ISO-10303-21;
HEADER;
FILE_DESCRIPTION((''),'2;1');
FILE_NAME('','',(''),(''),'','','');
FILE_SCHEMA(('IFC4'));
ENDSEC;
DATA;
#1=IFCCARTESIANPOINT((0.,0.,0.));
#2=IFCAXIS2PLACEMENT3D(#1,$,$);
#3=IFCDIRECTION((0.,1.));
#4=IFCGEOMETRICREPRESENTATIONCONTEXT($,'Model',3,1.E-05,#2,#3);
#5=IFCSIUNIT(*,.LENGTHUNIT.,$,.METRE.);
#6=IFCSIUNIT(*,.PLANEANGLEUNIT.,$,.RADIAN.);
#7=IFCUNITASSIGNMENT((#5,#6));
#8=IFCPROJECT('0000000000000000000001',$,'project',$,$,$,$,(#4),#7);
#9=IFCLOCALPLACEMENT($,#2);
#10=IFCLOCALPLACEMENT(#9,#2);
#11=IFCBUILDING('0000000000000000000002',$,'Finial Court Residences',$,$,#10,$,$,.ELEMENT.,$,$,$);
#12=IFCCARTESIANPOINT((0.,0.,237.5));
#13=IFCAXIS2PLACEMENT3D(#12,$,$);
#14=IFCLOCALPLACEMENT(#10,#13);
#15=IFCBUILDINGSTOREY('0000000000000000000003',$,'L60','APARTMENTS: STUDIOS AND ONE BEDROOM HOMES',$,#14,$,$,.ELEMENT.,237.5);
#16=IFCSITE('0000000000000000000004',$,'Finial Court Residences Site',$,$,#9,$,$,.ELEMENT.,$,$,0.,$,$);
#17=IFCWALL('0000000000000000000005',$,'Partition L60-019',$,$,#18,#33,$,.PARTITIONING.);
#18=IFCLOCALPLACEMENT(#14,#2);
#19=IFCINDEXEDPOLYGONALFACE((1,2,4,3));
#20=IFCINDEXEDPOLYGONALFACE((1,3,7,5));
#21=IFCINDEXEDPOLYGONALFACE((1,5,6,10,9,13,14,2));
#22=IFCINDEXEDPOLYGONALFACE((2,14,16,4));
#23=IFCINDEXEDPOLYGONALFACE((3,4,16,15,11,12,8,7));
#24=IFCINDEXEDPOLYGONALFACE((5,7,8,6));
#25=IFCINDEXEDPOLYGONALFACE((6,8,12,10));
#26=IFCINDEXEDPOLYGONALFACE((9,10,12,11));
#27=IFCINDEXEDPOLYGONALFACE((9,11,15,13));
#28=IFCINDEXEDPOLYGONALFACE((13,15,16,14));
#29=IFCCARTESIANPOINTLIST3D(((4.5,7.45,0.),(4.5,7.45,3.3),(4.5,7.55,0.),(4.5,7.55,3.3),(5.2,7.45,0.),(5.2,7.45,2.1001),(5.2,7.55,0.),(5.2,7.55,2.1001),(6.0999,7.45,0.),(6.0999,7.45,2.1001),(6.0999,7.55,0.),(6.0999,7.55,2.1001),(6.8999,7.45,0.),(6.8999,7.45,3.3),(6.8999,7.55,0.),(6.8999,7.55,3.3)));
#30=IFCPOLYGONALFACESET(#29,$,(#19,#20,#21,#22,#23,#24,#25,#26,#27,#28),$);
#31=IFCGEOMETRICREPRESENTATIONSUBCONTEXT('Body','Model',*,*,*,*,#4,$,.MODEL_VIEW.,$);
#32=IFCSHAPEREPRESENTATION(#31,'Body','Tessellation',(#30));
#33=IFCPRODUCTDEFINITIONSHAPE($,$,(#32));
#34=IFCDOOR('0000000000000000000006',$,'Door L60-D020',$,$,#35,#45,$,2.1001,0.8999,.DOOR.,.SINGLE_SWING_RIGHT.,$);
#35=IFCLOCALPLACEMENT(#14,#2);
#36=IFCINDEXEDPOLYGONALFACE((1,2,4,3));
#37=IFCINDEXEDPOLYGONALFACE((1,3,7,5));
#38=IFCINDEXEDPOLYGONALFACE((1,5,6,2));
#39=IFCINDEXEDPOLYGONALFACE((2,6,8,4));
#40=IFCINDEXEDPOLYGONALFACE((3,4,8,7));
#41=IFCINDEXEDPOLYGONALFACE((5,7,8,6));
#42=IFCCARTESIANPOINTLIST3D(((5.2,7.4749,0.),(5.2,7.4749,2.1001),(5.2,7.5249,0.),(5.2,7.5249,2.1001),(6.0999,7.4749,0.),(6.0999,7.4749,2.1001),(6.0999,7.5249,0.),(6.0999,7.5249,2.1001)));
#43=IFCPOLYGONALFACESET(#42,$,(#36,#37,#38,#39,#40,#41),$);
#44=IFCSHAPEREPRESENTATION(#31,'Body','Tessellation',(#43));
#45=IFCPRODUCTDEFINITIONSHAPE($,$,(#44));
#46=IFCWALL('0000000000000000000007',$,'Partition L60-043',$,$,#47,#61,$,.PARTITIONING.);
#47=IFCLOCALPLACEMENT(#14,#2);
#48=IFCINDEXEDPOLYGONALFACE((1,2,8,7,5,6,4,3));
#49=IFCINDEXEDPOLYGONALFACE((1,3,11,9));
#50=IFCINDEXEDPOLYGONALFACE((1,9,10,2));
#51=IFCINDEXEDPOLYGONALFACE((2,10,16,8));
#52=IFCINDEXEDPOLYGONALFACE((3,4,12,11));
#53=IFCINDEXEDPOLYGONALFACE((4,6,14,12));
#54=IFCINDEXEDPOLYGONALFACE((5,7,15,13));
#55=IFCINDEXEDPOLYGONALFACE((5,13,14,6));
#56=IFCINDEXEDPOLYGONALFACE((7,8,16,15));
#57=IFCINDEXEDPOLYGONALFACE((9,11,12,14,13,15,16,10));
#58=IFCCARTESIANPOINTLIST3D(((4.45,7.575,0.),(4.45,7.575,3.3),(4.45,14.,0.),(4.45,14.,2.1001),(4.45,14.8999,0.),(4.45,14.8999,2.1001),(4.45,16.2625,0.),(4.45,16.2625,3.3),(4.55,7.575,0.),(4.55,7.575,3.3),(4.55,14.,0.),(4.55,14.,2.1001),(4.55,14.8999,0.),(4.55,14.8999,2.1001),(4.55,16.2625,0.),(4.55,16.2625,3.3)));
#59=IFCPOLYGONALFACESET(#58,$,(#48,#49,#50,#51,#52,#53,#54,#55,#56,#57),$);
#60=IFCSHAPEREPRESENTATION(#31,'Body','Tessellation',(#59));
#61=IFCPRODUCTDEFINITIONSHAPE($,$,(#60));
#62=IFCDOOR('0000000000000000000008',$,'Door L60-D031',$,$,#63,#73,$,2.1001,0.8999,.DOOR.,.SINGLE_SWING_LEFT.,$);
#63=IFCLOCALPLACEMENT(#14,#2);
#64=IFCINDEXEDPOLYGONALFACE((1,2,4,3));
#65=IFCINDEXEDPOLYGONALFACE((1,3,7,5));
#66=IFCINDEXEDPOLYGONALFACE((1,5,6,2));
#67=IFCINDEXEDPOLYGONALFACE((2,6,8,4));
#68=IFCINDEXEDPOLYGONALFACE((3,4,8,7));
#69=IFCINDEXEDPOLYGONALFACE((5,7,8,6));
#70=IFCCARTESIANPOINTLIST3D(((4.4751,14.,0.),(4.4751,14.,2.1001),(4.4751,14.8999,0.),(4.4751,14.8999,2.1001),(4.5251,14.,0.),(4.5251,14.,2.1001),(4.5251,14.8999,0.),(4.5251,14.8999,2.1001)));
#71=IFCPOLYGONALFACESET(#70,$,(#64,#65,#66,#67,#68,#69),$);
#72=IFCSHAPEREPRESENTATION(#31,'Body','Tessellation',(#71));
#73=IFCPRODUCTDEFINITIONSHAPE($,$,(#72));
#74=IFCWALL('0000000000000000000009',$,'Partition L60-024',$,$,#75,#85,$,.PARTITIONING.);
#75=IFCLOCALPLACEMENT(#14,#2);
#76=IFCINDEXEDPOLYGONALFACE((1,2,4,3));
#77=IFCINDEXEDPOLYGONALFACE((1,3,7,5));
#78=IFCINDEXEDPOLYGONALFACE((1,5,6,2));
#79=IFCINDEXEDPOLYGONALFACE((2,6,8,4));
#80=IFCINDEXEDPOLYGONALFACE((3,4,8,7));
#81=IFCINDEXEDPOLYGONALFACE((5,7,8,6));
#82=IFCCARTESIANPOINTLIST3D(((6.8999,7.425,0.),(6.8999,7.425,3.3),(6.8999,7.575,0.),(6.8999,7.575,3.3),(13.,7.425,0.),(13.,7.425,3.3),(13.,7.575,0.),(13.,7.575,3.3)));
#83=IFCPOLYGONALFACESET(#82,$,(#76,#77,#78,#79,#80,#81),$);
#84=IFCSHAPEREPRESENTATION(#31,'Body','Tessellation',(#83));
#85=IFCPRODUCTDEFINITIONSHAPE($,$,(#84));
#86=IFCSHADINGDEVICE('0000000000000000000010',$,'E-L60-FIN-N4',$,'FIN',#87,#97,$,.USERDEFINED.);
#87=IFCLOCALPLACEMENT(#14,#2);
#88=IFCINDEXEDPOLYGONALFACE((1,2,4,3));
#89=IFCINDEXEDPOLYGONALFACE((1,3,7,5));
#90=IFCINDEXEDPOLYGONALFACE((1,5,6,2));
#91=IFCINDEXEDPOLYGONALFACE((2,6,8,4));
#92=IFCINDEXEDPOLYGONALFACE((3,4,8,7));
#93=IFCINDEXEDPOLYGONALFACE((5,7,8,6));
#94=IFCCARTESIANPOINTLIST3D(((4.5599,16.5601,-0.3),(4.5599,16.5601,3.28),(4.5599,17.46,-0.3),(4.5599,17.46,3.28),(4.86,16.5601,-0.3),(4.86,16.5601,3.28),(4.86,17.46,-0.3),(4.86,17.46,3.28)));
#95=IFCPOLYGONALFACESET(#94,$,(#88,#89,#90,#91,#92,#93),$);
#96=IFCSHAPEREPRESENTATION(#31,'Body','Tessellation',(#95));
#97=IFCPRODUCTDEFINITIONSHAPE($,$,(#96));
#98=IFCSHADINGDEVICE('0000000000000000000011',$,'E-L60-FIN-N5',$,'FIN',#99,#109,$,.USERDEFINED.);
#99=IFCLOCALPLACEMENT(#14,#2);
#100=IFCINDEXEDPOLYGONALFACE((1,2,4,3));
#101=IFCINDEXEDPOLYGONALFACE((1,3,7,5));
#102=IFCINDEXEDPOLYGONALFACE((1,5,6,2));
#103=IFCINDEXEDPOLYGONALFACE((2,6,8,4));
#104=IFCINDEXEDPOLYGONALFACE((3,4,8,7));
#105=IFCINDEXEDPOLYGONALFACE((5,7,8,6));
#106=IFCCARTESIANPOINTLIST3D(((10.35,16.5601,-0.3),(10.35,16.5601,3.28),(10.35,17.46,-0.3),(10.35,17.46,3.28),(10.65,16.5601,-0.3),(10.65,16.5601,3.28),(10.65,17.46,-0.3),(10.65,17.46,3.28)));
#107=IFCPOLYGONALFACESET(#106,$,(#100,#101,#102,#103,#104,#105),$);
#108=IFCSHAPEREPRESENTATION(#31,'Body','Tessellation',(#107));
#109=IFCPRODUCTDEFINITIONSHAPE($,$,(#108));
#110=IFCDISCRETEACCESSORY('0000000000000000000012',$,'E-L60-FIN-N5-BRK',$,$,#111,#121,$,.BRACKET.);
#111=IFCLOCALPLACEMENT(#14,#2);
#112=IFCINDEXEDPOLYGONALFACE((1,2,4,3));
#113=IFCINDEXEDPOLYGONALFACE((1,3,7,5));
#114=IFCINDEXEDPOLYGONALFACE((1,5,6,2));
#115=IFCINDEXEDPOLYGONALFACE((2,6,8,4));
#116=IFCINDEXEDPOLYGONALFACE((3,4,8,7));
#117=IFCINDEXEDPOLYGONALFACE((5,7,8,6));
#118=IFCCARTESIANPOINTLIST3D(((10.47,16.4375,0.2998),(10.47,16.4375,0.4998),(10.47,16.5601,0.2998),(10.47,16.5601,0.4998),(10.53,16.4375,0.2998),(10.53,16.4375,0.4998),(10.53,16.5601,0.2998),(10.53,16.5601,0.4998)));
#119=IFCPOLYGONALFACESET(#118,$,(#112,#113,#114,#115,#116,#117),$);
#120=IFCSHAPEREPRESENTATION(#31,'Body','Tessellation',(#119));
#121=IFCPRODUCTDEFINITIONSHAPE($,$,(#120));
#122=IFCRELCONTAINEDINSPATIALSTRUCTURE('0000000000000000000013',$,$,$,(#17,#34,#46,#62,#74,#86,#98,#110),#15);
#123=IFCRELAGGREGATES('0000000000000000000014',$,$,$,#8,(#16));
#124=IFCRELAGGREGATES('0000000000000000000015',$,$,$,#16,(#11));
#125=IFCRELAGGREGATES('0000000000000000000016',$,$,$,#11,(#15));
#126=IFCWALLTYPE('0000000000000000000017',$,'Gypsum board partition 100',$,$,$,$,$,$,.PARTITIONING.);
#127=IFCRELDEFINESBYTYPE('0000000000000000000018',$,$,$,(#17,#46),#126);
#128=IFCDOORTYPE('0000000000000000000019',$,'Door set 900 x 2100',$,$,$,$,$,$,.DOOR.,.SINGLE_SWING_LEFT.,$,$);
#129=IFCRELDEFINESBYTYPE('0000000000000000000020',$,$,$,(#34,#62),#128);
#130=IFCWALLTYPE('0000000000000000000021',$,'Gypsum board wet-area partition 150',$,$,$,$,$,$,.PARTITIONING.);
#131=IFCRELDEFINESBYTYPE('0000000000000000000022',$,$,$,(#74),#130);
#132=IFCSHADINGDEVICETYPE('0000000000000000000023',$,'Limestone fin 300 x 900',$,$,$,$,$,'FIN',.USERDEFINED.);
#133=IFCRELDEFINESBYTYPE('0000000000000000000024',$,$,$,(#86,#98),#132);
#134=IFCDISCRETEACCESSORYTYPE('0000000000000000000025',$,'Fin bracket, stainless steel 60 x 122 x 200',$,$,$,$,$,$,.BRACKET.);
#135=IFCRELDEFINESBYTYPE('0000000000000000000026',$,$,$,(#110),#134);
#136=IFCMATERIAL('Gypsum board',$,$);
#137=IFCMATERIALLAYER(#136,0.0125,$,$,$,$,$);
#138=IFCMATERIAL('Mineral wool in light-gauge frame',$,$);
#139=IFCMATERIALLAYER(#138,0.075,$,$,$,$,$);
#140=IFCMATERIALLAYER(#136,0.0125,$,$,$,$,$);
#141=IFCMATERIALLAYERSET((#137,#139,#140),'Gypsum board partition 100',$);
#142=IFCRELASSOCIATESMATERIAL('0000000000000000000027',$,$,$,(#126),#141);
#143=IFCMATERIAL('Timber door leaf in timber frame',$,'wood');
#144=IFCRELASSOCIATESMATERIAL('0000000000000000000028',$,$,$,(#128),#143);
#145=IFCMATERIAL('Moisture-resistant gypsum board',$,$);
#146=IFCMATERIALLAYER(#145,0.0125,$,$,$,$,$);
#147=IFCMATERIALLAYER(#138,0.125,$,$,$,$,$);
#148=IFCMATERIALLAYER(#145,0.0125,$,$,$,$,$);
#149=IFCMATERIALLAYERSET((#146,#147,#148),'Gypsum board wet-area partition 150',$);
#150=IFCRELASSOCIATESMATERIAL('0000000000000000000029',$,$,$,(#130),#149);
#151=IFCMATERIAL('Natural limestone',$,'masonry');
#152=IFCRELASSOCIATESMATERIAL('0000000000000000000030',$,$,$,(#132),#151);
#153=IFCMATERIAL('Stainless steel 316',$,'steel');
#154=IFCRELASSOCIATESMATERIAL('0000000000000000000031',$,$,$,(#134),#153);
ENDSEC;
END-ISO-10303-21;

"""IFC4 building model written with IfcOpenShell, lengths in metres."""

from ifc_helpers import new_model, si_unit, direction, frame, frame_2d, origin, origin_2d, place, context, subcontext, project, spatial, rectangle, extrude, material, layer, layer_set, type_object, element, fill, save


model = new_model("IFC4")

# Units and contexts
model_context = context("Model", 3, precision=1e-05, world=origin(), true_north=direction((0.0, 1.0)))
body_context = subcontext(model_context, "Body", "Model", "MODEL_VIEW")
ifc_project = project(units=[si_unit("LENGTHUNIT", "METRE"), si_unit("PLANEANGLEUNIT", "RADIAN")], contexts=[model_context])

# Site, building, storey
site_placement = place(None, origin())
site = spatial("IfcSite", under=ifc_project, at=site_placement, Name="Finial Court Residences Site", CompositionType="ELEMENT", RefElevation=0.0)
building_placement = place(site_placement, origin())
building = spatial("IfcBuilding", under=site, at=building_placement, Name="Finial Court Residences", CompositionType="ELEMENT")
storey_placement = place(building_placement, frame((0.0, 0.0, 237.5)))
storey = spatial("IfcBuildingStorey", under=building, at=storey_placement, Name="L60", Description="APARTMENTS: STUDIOS AND ONE BEDROOM HOMES", CompositionType="ELEMENT", Elevation=237.5)

# Shared definitions
ifc_material_1 = material(Name="Gypsum board")

# Walls, openings, doors
ifc_layer_1 = layer(ifc_material_1, 0.0125)
ifc_material_2 = material(Name="Mineral wool in light-gauge frame")
ifc_layer_2 = layer(ifc_material_2, 0.075)
ifc_layer_3 = layer(ifc_material_1, 0.0125)
ifc_layer_set_1 = layer_set([ifc_layer_1, ifc_layer_2, ifc_layer_3], Name="Gypsum board partition 100")
wall_type_1 = type_object("IfcWallType", Name="Gypsum board partition 100", PredefinedType="PARTITIONING", material=ifc_layer_set_1)
wall_1_placement = place(storey_placement, frame((4.5, 7.5, 0.0), z_axis=(0.0, 0.0, 1.0), x_axis=(1.0, 0.0, 0.0)))
wall_1 = element("IfcWall", 1, at=wall_1_placement, inside=storey, type_object=wall_type_1, Name="Partition L60-019", PredefinedType="PARTITIONING", context=body_context, shape_type="SweptSolid", body=[
    extrude(rectangle(XDim=2.3999, YDim=0.1001, at=frame_2d((1.2, 0.0))), origin(), (0.0, 0.0, 1.0), 3.3),
])
opening_1_placement = place(wall_1_placement, frame((0.7, 0.0, 0.0)))
opening_1 = element("IfcOpeningElement", 2, at=opening_1_placement, cuts=wall_1, PredefinedType="OPENING", context=body_context, shape_type="SweptSolid", body=[
    extrude(rectangle(XDim=0.8999, YDim=2.1001, at=frame_2d((0.45, 1.05))), frame((0.0, 0.0601, 0.0), z_axis=(0.0, -1.0, 0.0), x_axis=(1.0, 0.0, 0.0)), (0.0, 0.0, 1.0), 0.1201),
])
ifc_material_3 = material(Name="Timber door leaf in timber frame", Category="wood")
door_type = type_object("IfcDoorType", Name="Door set 900 x 2100", OperationType="SINGLE_SWING_LEFT", PredefinedType="DOOR", material=ifc_material_3)
door_1_placement = place(opening_1_placement, origin())
door_1 = element("IfcDoor", 3, at=door_1_placement, inside=storey, type_object=door_type, Name="Door L60-D020", OperationType="SINGLE_SWING_RIGHT", OverallHeight=2.1001, OverallWidth=0.8999, PredefinedType="DOOR", context=body_context, shape_type="SweptSolid", body=[
    extrude(rectangle(XDim=0.8999, YDim=2.1001, at=frame_2d((0.45, 1.05))), frame((0.0, 0.0249, 0.0), z_axis=(0.0, -1.0, 0.0), x_axis=(1.0, 0.0, 0.0)), (0.0, 0.0, 1.0), 0.05),
])
fill(opening_1, door_1)
wall_2_placement = place(storey_placement, frame((4.5, 7.575, 0.0), z_axis=(0.0, 0.0, 1.0), x_axis=(0.0, 1.0, 0.0)))
wall_2 = element("IfcWall", 4, at=wall_2_placement, inside=storey, type_object=wall_type_1, Name="Partition L60-043", PredefinedType="PARTITIONING", context=body_context, shape_type="SweptSolid", body=[
    extrude(rectangle(XDim=8.6875, YDim=0.1001, at=frame_2d((4.3438, 0.0))), origin(), (0.0, 0.0, 1.0), 3.3),
])
opening_2_placement = place(wall_2_placement, frame((6.425, 0.0, 0.0)))
opening_2 = element("IfcOpeningElement", 5, at=opening_2_placement, cuts=wall_2, PredefinedType="OPENING", context=body_context, shape_type="SweptSolid", body=[
    extrude(rectangle(XDim=0.8999, YDim=2.1001, at=frame_2d((0.45, 1.05))), frame((0.0, 0.0601, 0.0), z_axis=(0.0, -1.0, 0.0), x_axis=(1.0, 0.0, 0.0)), (0.0, 0.0, 1.0), 0.1201),
])
door_2_placement = place(opening_2_placement, origin())
door_2 = element("IfcDoor", 6, at=door_2_placement, inside=storey, type_object=door_type, Name="Door L60-D031", OperationType="SINGLE_SWING_LEFT", OverallHeight=2.1001, OverallWidth=0.8999, PredefinedType="DOOR", context=body_context, shape_type="SweptSolid", body=[
    extrude(rectangle(XDim=0.8999, YDim=2.1001, at=frame_2d((0.45, 1.05))), frame((0.0, 0.0249, 0.0), z_axis=(0.0, -1.0, 0.0), x_axis=(1.0, 0.0, 0.0)), (0.0, 0.0, 1.0), 0.05),
])
fill(opening_2, door_2)

# Wall
ifc_material_4 = material(Name="Moisture-resistant gypsum board")
ifc_layer_4 = layer(ifc_material_4, 0.0125)
ifc_layer_5 = layer(ifc_material_2, 0.125)
ifc_layer_6 = layer(ifc_material_4, 0.0125)
ifc_layer_set_2 = layer_set([ifc_layer_4, ifc_layer_5, ifc_layer_6], Name="Gypsum board wet-area partition 150")
wall_type_2 = type_object("IfcWallType", Name="Gypsum board wet-area partition 150", PredefinedType="PARTITIONING", material=ifc_layer_set_2)
wall_3_placement = place(storey_placement, frame((6.8999, 7.5, 0.0), z_axis=(0.0, 0.0, 1.0), x_axis=(1.0, 0.0, 0.0)))
element("IfcWall", 7, at=wall_3_placement, inside=storey, type_object=wall_type_2, Name="Partition L60-024", PredefinedType="PARTITIONING", context=body_context, shape_type="SweptSolid", body=[
    extrude(rectangle(XDim=6.1001, YDim=0.1499, at=frame_2d((3.05, 0.0))), origin(), (0.0, 0.0, 1.0), 3.3),
])

# Shading devices
ifc_material_5 = material(Name="Natural limestone", Category="masonry")
shading_device_type = type_object("IfcShadingDeviceType", Name="Limestone fin 300 x 900", ElementType="FIN", PredefinedType="USERDEFINED", material=ifc_material_5)
for number, where, z_axis, x_axis, name in (
    (8, (4.71, 17.01, -0.3), (0.0, 0.0, 1.0), (1.0, 0.0, 0.0), "E-L60-FIN-N4"),
    (9, (10.5, 17.01, -0.3), (0.0, 0.0, 1.0), (1.0, 0.0, 0.0), "E-L60-FIN-N5"),
):
    element("IfcShadingDevice", number, at=place(storey_placement, frame(where, z_axis=z_axis, x_axis=x_axis)), inside=storey, type_object=shading_device_type, Name=name, ObjectType="FIN", PredefinedType="USERDEFINED", context=body_context, shape_type="SweptSolid", body=[
        extrude(rectangle(XDim=0.3, YDim=0.8999, at=origin_2d()), origin(), (0.0, 0.0, 1.0), 3.5801),
    ])

# Discrete accessory
ifc_material_6 = material(Name="Stainless steel 316", Category="steel")
discrete_accessory_type = type_object("IfcDiscreteAccessoryType", Name="Fin bracket, stainless steel 60 x 122 x 200", PredefinedType="BRACKET", material=ifc_material_6)
discrete_accessory_placement = place(storey_placement, frame((10.5, 16.4988, 0.2998), z_axis=(0.0, 0.0, 1.0), x_axis=(1.0, 0.0, 0.0)))
element("IfcDiscreteAccessory", 10, at=discrete_accessory_placement, inside=storey, type_object=discrete_accessory_type, Name="E-L60-FIN-N5-BRK", PredefinedType="BRACKET", context=body_context, shape_type="SweptSolid", body=[
    extrude(rectangle(XDim=0.0601, YDim=0.1226, at=origin_2d()), origin(), (0.0, 0.0, 1.0), 0.2),
])

save(model, "model.ifc")
